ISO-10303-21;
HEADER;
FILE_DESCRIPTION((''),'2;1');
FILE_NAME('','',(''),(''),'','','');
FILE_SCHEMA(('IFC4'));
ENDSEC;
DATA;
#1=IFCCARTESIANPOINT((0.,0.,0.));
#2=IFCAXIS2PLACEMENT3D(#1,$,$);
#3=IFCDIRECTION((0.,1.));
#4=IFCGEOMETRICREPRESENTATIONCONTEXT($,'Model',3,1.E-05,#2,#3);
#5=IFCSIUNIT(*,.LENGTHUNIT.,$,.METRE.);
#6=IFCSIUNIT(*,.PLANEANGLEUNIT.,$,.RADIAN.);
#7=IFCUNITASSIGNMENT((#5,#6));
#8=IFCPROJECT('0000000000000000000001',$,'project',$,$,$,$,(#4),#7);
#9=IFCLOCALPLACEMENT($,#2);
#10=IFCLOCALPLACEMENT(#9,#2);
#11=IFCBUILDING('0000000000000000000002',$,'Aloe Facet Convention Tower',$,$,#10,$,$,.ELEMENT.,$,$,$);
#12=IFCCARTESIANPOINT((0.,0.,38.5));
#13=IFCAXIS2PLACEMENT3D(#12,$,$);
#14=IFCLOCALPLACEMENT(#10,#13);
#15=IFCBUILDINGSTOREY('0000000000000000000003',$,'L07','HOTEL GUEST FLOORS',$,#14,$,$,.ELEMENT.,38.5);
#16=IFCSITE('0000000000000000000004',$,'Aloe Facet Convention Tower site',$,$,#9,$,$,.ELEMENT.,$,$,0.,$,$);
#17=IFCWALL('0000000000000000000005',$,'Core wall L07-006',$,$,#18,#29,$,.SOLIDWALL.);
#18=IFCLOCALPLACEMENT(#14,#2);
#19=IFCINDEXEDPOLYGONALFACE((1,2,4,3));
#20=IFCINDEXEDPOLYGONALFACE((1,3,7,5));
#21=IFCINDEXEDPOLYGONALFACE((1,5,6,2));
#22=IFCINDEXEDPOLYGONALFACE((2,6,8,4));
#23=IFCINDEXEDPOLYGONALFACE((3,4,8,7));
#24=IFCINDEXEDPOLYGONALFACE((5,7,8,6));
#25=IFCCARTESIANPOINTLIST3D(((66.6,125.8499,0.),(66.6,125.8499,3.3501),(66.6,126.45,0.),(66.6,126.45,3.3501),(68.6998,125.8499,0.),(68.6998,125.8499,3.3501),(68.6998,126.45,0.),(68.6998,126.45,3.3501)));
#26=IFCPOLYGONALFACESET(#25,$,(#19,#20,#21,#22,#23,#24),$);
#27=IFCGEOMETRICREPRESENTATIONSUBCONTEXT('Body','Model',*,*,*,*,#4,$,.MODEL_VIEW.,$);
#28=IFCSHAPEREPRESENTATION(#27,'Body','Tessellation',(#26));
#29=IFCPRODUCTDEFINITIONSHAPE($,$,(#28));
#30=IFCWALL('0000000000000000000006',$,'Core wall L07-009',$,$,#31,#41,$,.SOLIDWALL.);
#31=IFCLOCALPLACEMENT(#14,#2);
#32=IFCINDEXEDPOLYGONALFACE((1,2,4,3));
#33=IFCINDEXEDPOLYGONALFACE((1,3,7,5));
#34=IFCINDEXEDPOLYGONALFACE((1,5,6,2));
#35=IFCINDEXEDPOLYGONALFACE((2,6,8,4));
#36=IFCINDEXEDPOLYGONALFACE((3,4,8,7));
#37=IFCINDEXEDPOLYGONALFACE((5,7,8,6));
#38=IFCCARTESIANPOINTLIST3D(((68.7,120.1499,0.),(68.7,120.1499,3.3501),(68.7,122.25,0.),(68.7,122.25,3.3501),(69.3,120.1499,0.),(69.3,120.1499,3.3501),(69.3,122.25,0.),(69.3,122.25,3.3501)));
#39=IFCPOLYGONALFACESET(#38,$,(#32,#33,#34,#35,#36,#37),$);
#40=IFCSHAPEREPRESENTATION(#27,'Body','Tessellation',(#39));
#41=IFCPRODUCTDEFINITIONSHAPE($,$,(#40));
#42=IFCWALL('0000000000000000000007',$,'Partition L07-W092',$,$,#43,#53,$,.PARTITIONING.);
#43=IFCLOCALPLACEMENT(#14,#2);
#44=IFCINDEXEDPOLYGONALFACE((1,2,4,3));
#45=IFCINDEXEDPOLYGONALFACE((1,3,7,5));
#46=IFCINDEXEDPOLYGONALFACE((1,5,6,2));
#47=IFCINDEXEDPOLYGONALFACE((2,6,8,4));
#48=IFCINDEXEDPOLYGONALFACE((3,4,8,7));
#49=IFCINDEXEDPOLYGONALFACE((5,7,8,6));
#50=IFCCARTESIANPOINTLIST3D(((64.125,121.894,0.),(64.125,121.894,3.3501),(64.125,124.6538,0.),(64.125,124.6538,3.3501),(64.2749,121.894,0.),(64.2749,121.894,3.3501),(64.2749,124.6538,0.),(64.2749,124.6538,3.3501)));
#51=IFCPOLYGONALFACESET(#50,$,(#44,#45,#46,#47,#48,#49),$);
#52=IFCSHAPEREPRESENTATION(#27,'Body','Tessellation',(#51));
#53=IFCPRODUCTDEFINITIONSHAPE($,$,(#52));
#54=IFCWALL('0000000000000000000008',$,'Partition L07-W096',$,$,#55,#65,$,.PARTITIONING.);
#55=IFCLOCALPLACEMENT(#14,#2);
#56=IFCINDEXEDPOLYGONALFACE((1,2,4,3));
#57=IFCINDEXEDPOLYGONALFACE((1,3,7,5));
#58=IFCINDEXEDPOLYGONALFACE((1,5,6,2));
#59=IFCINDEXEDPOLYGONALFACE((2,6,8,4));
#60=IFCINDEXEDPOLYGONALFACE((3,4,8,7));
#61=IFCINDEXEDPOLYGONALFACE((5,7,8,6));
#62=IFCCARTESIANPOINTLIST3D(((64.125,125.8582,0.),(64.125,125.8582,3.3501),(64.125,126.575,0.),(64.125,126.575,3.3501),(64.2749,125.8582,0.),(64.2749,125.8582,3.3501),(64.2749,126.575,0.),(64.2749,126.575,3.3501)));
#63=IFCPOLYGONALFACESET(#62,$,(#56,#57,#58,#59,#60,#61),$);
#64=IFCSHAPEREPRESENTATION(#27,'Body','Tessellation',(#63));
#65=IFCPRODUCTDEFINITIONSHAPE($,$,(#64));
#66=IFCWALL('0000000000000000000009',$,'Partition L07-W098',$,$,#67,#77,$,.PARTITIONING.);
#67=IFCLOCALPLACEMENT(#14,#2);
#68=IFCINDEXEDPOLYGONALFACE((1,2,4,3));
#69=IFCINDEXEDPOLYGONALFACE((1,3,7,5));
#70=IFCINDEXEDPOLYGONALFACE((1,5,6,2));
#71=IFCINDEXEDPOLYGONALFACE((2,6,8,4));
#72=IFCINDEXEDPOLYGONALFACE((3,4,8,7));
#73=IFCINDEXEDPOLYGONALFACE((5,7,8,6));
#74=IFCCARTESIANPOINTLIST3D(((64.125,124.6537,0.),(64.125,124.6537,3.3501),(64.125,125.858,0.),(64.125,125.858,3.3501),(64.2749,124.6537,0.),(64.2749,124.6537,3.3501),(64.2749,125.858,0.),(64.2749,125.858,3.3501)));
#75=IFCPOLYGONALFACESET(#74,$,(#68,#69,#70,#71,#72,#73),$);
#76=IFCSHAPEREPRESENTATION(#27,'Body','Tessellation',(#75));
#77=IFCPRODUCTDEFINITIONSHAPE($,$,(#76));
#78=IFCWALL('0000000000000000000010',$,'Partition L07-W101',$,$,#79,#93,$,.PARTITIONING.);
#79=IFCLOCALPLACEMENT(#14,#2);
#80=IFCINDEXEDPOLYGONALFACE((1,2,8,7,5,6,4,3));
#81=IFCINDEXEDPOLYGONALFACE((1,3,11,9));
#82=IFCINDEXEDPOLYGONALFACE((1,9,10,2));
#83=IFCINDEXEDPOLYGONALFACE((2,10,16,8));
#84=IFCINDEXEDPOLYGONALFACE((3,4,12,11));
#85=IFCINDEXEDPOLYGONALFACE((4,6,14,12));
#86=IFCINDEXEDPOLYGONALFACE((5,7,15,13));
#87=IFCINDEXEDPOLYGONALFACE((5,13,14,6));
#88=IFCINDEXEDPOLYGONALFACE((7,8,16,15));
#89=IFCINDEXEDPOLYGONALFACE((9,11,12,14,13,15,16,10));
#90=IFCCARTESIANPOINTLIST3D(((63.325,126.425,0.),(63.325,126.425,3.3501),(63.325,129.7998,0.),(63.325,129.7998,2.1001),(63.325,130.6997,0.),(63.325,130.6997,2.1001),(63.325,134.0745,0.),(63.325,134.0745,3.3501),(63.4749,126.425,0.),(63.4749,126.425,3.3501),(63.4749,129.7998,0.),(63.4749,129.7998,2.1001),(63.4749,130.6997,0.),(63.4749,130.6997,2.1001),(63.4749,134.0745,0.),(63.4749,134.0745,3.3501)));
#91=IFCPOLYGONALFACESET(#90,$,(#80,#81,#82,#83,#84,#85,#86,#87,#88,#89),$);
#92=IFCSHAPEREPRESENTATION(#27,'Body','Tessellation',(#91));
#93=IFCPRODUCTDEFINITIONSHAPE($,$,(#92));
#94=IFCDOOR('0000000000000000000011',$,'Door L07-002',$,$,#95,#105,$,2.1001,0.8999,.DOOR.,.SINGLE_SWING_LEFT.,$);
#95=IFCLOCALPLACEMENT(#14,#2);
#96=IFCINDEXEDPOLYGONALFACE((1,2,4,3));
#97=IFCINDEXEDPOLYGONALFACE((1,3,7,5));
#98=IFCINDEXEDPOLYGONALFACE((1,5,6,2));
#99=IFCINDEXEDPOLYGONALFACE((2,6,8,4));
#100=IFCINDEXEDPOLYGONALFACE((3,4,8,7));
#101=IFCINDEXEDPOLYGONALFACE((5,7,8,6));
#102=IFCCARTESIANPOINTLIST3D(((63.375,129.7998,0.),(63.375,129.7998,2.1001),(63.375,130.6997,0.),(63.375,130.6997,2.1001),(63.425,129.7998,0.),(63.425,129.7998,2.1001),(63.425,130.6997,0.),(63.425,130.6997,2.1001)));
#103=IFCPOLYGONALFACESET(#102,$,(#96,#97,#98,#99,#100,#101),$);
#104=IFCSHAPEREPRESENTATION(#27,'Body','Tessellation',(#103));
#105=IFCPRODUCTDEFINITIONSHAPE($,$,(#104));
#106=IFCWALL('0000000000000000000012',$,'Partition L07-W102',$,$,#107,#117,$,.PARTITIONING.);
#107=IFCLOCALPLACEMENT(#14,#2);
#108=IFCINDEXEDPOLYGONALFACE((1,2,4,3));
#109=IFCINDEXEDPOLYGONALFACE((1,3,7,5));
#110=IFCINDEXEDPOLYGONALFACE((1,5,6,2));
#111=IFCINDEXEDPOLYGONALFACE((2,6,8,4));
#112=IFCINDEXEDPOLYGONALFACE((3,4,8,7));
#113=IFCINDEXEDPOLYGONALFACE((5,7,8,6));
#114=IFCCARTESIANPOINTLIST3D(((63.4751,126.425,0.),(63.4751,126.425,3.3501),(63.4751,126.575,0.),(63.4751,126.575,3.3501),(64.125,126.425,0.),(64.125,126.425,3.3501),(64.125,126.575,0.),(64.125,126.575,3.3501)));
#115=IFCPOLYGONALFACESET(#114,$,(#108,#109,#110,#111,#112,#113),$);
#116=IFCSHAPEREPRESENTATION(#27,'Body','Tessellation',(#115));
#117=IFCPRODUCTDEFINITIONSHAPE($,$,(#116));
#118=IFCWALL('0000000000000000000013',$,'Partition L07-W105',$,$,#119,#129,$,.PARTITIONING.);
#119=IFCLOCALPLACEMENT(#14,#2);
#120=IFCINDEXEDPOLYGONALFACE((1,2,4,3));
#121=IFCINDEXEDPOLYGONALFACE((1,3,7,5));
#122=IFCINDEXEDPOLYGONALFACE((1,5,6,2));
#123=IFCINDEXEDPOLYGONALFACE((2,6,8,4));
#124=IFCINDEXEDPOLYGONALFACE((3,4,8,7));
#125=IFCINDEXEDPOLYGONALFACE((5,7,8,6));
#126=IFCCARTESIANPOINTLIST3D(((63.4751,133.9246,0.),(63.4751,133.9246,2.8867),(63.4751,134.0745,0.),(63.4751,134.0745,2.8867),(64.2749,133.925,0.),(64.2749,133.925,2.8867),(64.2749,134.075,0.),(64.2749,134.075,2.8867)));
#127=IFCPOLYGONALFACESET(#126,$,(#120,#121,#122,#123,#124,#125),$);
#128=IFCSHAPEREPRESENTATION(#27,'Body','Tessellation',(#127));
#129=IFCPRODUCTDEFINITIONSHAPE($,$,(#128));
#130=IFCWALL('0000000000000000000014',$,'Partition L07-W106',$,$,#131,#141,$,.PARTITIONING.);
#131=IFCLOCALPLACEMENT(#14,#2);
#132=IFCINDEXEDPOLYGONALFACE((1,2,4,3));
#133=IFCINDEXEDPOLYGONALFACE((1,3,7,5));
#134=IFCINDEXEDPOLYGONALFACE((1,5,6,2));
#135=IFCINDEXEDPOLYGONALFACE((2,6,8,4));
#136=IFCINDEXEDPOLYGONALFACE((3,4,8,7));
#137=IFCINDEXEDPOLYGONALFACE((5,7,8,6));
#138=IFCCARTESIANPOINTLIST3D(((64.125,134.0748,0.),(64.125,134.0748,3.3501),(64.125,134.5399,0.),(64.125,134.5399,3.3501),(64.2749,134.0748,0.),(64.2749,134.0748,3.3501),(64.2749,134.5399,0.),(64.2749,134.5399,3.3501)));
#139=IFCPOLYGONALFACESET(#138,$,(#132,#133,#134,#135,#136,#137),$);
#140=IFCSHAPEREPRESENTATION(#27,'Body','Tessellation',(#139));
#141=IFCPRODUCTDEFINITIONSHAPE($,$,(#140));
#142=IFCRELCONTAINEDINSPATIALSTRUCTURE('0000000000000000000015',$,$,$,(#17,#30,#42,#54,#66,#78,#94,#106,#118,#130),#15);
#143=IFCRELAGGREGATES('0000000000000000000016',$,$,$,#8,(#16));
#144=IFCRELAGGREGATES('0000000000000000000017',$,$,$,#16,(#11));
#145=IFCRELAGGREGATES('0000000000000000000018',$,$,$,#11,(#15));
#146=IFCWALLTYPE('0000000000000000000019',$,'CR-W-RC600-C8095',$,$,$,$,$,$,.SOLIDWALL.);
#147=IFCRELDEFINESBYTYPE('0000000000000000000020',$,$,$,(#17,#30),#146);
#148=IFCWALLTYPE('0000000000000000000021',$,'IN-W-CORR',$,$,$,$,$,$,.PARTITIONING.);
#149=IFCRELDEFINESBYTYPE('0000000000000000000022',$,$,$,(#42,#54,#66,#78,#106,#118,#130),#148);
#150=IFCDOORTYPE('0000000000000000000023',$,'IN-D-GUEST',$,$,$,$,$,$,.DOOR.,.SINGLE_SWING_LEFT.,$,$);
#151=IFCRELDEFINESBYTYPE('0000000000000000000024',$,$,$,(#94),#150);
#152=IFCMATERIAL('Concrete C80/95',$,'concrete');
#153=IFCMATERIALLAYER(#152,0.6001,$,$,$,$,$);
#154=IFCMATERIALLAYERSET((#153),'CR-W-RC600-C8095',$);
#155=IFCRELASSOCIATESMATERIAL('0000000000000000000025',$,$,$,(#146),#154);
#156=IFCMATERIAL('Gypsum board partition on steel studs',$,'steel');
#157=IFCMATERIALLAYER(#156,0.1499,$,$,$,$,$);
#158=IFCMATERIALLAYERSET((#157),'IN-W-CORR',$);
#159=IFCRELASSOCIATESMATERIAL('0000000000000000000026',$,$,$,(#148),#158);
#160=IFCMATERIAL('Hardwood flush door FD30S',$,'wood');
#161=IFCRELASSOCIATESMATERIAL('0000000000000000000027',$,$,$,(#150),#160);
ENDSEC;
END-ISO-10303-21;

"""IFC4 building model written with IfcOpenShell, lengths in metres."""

from ifc_helpers import new_model, si_unit, direction, frame, frame_2d, origin, place, context, subcontext, project, spatial, rectangle, extrude, material, layer, layer_set, type_object, element, fill, save


model = new_model("IFC4")

# Units and contexts
model_context = context("Model", 3, precision=1e-05, world=origin(), true_north=direction((0.0, 1.0)))
body_context = subcontext(model_context, "Body", "Model", "MODEL_VIEW")
ifc_project = project(units=[si_unit("LENGTHUNIT", "METRE"), si_unit("PLANEANGLEUNIT", "RADIAN")], contexts=[model_context])

# Site, building, storey
site_placement = place(None, origin())
site = spatial("IfcSite", under=ifc_project, at=site_placement, Name="Aloe Facet Convention Tower site", CompositionType="ELEMENT", RefElevation=0.0)
building_placement = place(site_placement, origin())
building = spatial("IfcBuilding", under=site, at=building_placement, Name="Aloe Facet Convention Tower", CompositionType="ELEMENT")
storey_placement = place(building_placement, frame((0.0, 0.0, 38.5)))
storey = spatial("IfcBuildingStorey", under=building, at=storey_placement, Name="L07", Description="HOTEL GUEST FLOORS", CompositionType="ELEMENT", Elevation=38.5)

# Shared definitions
ifc_material_1 = material(Name="Concrete C80/95", Category="concrete")
ifc_layer_1 = layer(ifc_material_1, 0.6001)
ifc_layer_set_1 = layer_set([ifc_layer_1], Name="CR-W-RC600-C8095")
wall_type_1 = type_object("IfcWallType", Name="CR-W-RC600-C8095", PredefinedType="SOLIDWALL", material=ifc_layer_set_1)

# Walls
wall_1_placement = place(storey_placement, frame((66.6001, 126.1499, 0.0), z_axis=(0.0, 0.0, 1.0), x_axis=(1.0, 0.0, 0.0)))
element("IfcWall", 1, at=wall_1_placement, inside=storey, type_object=wall_type_1, Name="Core wall L07-006", PredefinedType="SOLIDWALL", context=body_context, shape_type="SweptSolid", body=[
    extrude(rectangle(XDim=2.0999, YDim=0.6001, at=frame_2d((1.0498, 0.0))), origin(), (0.0, 0.0, 1.0), 3.3501),
])
wall_2_placement = place(storey_placement, frame((69.0, 122.25, 0.0), z_axis=(0.0, 0.0, 1.0), x_axis=(0.0, -1.0, 0.0)))
element("IfcWall", 2, at=wall_2_placement, inside=storey, type_object=wall_type_1, Name="Core wall L07-009", PredefinedType="SOLIDWALL", context=body_context, shape_type="SweptSolid", body=[
    extrude(rectangle(XDim=2.1001, YDim=0.6001, at=frame_2d((1.05, 0.0))), origin(), (0.0, 0.0, 1.0), 3.3501),
])
ifc_material_2 = material(Name="Gypsum board partition on steel studs", Category="steel")
ifc_layer_2 = layer(ifc_material_2, 0.1499)
ifc_layer_set_2 = layer_set([ifc_layer_2], Name="IN-W-CORR")
wall_type_2 = type_object("IfcWallType", Name="IN-W-CORR", PredefinedType="PARTITIONING", material=ifc_layer_set_2)
wall_3_placement = place(storey_placement, frame((64.2, 121.894, 0.0), z_axis=(0.0, 0.0, 1.0), x_axis=(0.0, 1.0, 0.0)))
element("IfcWall", 3, at=wall_3_placement, inside=storey, type_object=wall_type_2, Name="Partition L07-W092", PredefinedType="PARTITIONING", context=body_context, shape_type="SweptSolid", body=[
    extrude(rectangle(XDim=2.7598, YDim=0.1499, at=frame_2d((1.3799, 0.0))), origin(), (0.0, 0.0, 1.0), 3.3501),
])
wall_4_placement = place(storey_placement, frame((64.2, 125.8582, 0.0), z_axis=(0.0, 0.0, 1.0), x_axis=(0.0, 1.0, 0.0)))
element("IfcWall", 4, at=wall_4_placement, inside=storey, type_object=wall_type_2, Name="Partition L07-W096", PredefinedType="PARTITIONING", context=body_context, shape_type="SweptSolid", body=[
    extrude(rectangle(XDim=0.7168, YDim=0.1499, at=frame_2d((0.3584, 0.0))), origin(), (0.0, 0.0, 1.0), 3.3501),
])
wall_5_placement = place(storey_placement, frame((64.2, 124.6538, 0.0), z_axis=(0.0, 0.0, 1.0), x_axis=(0.0, 1.0, 0.0)))
element("IfcWall", 5, at=wall_5_placement, inside=storey, type_object=wall_type_2, Name="Partition L07-W098", PredefinedType="PARTITIONING", context=body_context, shape_type="SweptSolid", body=[
    extrude(rectangle(XDim=1.2043, YDim=0.1499, at=frame_2d((0.6021, 0.0))), origin(), (0.0, 0.0, 1.0), 3.3501),
])

# Wall, opening, door
wall_6_placement = place(storey_placement, frame((63.3999, 126.425, 0.0), z_axis=(0.0, 0.0, 1.0), x_axis=(0.0, 1.0, 0.0)))
wall_6 = element("IfcWall", 6, at=wall_6_placement, inside=storey, type_object=wall_type_2, Name="Partition L07-W101", PredefinedType="PARTITIONING", context=body_context, shape_type="SweptSolid", body=[
    extrude(rectangle(XDim=7.6494, YDim=0.1499, at=frame_2d((3.8247, 0.0))), origin(), (0.0, 0.0, 1.0), 3.3501),
])
opening_1_placement = place(wall_6_placement, frame((3.3748, 0.0, 0.0)))
opening_1 = element("IfcOpeningElement", 7, at=opening_1_placement, cuts=wall_6, PredefinedType="OPENING", context=body_context, shape_type="SweptSolid", body=[
    extrude(rectangle(XDim=0.8999, YDim=2.1001, at=frame_2d((0.45, 1.05))), frame((0.0, 0.085, 0.0), z_axis=(0.0, -1.0, 0.0), x_axis=(1.0, 0.0, 0.0)), (0.0, 0.0, 1.0), 0.1699),
])
ifc_material_3 = material(Name="Hardwood flush door FD30S", Category="wood")
door_type_1 = type_object("IfcDoorType", Name="IN-D-GUEST", OperationType="SINGLE_SWING_LEFT", PredefinedType="DOOR", material=ifc_material_3)
door_1_placement = place(opening_1_placement, origin())
door_1 = element("IfcDoor", 8, at=door_1_placement, inside=storey, type_object=door_type_1, Name="Door L07-002", OperationType="SINGLE_SWING_LEFT", OverallHeight=2.1001, OverallWidth=0.8999, PredefinedType="DOOR", context=body_context, shape_type="SweptSolid", body=[
    extrude(rectangle(XDim=0.8999, YDim=2.1001, at=frame_2d((0.45, 1.05))), frame((0.0, 0.0249, 0.0), z_axis=(0.0, -1.0, 0.0), x_axis=(1.0, 0.0, 0.0)), (0.0, 0.0, 1.0), 0.05),
])
fill(opening_1, door_1)

# Walls
wall_7_placement = place(storey_placement, frame((63.4751, 126.5, 0.0), z_axis=(0.0, 0.0, 1.0), x_axis=(1.0, 0.0, 0.0)))
element("IfcWall", 9, at=wall_7_placement, inside=storey, type_object=wall_type_2, Name="Partition L07-W102", PredefinedType="PARTITIONING", context=body_context, shape_type="SweptSolid", body=[
    extrude(rectangle(XDim=0.6499, YDim=0.1499, at=frame_2d((0.325, 0.0))), origin(), (0.0, 0.0, 1.0), 3.3501),
])
wall_8_placement = place(storey_placement, frame((63.4751, 133.9995, 0.0), z_axis=(0.0, 0.0, 1.0), x_axis=(1.0, 0.000611, 0.0)))
element("IfcWall", 10, at=wall_8_placement, inside=storey, type_object=wall_type_2, Name="Partition L07-W105", PredefinedType="PARTITIONING", context=body_context, shape_type="SweptSolid", body=[
    extrude(rectangle(XDim=0.7998, YDim=0.1499, at=frame_2d((0.3999, 0.0))), origin(), (0.0, 0.0, 1.0), 2.8867),
])
wall_9_placement = place(storey_placement, frame((64.2, 134.075, 0.0), z_axis=(0.0, 0.0, 1.0), x_axis=(0.0, 1.0, 0.0)))
element("IfcWall", 11, at=wall_9_placement, inside=storey, type_object=wall_type_2, Name="Partition L07-W106", PredefinedType="PARTITIONING", context=body_context, shape_type="SweptSolid", body=[
    extrude(rectangle(XDim=0.4651, YDim=0.1499, at=frame_2d((0.2324, 0.0))), origin(), (0.0, 0.0, 1.0), 3.3501),
])

save(model, "model.ifc")
